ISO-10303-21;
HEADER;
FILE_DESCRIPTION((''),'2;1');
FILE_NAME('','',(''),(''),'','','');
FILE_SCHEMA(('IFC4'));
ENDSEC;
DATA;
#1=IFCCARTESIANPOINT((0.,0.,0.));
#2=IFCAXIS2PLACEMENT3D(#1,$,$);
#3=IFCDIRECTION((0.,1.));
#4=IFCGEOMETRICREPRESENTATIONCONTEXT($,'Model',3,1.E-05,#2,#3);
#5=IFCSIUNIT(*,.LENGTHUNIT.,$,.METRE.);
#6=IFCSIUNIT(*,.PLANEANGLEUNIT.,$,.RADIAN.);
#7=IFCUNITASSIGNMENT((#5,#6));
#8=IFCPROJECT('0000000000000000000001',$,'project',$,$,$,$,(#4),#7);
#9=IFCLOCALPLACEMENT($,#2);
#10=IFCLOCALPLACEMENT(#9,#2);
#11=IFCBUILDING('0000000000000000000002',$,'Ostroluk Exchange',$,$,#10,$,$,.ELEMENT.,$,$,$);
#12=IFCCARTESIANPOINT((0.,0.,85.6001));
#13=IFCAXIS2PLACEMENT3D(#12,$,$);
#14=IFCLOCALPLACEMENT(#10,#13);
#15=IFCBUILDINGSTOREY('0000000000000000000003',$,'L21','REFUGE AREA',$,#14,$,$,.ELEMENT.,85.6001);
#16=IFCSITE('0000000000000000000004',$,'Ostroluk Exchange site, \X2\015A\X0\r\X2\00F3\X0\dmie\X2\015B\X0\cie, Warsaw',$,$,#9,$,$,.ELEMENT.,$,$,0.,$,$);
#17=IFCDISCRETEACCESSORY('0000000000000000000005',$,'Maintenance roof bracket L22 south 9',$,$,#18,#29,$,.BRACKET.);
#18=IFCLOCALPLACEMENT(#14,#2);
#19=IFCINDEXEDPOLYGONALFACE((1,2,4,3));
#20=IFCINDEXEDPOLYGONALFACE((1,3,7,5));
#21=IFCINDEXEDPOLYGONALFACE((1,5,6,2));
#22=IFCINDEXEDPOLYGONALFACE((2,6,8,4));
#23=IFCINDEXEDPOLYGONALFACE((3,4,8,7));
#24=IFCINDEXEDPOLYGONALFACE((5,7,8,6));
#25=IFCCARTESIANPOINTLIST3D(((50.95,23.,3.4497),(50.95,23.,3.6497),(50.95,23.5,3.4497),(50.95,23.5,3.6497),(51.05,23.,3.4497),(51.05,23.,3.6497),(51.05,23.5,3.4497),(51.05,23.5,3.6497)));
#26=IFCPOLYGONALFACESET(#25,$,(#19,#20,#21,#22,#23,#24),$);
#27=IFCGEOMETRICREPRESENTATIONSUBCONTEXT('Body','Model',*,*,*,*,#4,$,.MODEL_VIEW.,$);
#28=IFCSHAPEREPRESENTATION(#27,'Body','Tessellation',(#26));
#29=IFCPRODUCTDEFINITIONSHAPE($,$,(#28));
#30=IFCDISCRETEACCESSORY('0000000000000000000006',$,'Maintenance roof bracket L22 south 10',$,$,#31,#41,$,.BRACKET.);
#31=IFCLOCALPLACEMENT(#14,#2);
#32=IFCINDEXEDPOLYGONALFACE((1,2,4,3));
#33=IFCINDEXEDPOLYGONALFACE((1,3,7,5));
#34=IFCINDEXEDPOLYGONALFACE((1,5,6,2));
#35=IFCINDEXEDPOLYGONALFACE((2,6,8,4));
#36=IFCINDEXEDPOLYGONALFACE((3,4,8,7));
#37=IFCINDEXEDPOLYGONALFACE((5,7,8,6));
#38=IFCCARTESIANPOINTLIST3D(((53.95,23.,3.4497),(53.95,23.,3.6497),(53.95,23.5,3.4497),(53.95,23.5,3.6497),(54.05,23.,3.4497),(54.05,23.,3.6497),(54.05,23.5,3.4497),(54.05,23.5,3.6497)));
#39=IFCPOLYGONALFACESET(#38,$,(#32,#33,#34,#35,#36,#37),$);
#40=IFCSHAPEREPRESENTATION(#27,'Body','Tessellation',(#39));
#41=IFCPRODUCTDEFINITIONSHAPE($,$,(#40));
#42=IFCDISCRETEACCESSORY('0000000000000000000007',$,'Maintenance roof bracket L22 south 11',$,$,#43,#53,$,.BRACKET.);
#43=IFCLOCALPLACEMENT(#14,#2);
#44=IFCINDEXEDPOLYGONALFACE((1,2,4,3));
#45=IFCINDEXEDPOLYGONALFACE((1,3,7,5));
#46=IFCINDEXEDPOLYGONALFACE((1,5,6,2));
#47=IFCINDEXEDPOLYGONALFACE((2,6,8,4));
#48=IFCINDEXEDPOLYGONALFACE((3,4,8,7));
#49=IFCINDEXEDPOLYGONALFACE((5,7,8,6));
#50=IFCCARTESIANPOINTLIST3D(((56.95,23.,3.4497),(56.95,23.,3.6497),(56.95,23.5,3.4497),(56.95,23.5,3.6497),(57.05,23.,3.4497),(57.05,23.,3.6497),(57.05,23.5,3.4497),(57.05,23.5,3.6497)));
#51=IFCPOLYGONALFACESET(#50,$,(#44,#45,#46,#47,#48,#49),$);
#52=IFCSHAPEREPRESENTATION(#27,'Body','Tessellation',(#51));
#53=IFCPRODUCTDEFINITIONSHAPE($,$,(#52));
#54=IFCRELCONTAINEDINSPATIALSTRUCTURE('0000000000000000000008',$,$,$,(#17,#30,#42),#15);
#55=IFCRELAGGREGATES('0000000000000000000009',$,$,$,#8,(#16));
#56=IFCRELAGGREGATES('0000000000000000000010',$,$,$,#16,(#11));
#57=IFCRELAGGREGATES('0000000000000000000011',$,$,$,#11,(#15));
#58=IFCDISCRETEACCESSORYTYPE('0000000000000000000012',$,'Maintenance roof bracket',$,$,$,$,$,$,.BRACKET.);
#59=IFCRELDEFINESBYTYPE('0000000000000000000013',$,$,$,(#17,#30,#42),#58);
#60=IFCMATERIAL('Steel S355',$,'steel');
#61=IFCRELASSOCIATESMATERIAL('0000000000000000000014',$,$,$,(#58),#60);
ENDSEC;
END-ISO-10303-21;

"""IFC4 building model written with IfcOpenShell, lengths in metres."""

from ifc_helpers import new_model, si_unit, direction, frame, origin, origin_2d, place, context, subcontext, project, spatial, rectangle, extrude, material, type_object, element, save


model = new_model("IFC4")

# Units and contexts
model_context = context("Model", 3, precision=1e-05, world=origin(), true_north=direction((0.0, 1.0)))
body_context = subcontext(model_context, "Body", "Model", "MODEL_VIEW")
ifc_project = project(units=[si_unit("LENGTHUNIT", "METRE"), si_unit("PLANEANGLEUNIT", "RADIAN")], contexts=[model_context])

# Site, building, storey
site_placement = place(None, origin())
site = spatial("IfcSite", under=ifc_project, at=site_placement, Name="Ostroluk Exchange site, Śródmieście, Warsaw", CompositionType="ELEMENT", RefElevation=0.0)
building_placement = place(site_placement, origin())
building = spatial("IfcBuilding", under=site, at=building_placement, Name="Ostroluk Exchange", CompositionType="ELEMENT")
storey_placement = place(building_placement, frame((0.0, 0.0, 85.6001)))
storey = spatial("IfcBuildingStorey", under=building, at=storey_placement, Name="L21", Description="REFUGE AREA", CompositionType="ELEMENT", Elevation=85.6001)

# Discrete accessories
ifc_material_1 = material(Name="Steel S355", Category="steel")
discrete_accessory_type = type_object("IfcDiscreteAccessoryType", Name="Maintenance roof bracket", PredefinedType="BRACKET", material=ifc_material_1)
for number, where, z_axis, x_axis, name in (
    (1, (51.0, 23.25, 3.4497), (0.0, 0.0, 1.0), (1.0, 0.0, 0.0), "Maintenance roof bracket L22 south 9"),
    (2, (54.0, 23.25, 3.4497), (0.0, 0.0, 1.0), (1.0, 0.0, 0.0), "Maintenance roof bracket L22 south 10"),
    (3, (57.0, 23.25, 3.4497), (0.0, 0.0, 1.0), (1.0, 0.0, 0.0), "Maintenance roof bracket L22 south 11"),
):
    element("IfcDiscreteAccessory", number, at=place(storey_placement, frame(where, z_axis=z_axis, x_axis=x_axis)), inside=storey, type_object=discrete_accessory_type, Name=name, PredefinedType="BRACKET", context=body_context, shape_type="SweptSolid", body=[
        extrude(rectangle(XDim=0.1001, YDim=0.5, at=origin_2d()), origin(), (0.0, 0.0, 1.0), 0.2),
    ])

save(model, "model.ifc")
